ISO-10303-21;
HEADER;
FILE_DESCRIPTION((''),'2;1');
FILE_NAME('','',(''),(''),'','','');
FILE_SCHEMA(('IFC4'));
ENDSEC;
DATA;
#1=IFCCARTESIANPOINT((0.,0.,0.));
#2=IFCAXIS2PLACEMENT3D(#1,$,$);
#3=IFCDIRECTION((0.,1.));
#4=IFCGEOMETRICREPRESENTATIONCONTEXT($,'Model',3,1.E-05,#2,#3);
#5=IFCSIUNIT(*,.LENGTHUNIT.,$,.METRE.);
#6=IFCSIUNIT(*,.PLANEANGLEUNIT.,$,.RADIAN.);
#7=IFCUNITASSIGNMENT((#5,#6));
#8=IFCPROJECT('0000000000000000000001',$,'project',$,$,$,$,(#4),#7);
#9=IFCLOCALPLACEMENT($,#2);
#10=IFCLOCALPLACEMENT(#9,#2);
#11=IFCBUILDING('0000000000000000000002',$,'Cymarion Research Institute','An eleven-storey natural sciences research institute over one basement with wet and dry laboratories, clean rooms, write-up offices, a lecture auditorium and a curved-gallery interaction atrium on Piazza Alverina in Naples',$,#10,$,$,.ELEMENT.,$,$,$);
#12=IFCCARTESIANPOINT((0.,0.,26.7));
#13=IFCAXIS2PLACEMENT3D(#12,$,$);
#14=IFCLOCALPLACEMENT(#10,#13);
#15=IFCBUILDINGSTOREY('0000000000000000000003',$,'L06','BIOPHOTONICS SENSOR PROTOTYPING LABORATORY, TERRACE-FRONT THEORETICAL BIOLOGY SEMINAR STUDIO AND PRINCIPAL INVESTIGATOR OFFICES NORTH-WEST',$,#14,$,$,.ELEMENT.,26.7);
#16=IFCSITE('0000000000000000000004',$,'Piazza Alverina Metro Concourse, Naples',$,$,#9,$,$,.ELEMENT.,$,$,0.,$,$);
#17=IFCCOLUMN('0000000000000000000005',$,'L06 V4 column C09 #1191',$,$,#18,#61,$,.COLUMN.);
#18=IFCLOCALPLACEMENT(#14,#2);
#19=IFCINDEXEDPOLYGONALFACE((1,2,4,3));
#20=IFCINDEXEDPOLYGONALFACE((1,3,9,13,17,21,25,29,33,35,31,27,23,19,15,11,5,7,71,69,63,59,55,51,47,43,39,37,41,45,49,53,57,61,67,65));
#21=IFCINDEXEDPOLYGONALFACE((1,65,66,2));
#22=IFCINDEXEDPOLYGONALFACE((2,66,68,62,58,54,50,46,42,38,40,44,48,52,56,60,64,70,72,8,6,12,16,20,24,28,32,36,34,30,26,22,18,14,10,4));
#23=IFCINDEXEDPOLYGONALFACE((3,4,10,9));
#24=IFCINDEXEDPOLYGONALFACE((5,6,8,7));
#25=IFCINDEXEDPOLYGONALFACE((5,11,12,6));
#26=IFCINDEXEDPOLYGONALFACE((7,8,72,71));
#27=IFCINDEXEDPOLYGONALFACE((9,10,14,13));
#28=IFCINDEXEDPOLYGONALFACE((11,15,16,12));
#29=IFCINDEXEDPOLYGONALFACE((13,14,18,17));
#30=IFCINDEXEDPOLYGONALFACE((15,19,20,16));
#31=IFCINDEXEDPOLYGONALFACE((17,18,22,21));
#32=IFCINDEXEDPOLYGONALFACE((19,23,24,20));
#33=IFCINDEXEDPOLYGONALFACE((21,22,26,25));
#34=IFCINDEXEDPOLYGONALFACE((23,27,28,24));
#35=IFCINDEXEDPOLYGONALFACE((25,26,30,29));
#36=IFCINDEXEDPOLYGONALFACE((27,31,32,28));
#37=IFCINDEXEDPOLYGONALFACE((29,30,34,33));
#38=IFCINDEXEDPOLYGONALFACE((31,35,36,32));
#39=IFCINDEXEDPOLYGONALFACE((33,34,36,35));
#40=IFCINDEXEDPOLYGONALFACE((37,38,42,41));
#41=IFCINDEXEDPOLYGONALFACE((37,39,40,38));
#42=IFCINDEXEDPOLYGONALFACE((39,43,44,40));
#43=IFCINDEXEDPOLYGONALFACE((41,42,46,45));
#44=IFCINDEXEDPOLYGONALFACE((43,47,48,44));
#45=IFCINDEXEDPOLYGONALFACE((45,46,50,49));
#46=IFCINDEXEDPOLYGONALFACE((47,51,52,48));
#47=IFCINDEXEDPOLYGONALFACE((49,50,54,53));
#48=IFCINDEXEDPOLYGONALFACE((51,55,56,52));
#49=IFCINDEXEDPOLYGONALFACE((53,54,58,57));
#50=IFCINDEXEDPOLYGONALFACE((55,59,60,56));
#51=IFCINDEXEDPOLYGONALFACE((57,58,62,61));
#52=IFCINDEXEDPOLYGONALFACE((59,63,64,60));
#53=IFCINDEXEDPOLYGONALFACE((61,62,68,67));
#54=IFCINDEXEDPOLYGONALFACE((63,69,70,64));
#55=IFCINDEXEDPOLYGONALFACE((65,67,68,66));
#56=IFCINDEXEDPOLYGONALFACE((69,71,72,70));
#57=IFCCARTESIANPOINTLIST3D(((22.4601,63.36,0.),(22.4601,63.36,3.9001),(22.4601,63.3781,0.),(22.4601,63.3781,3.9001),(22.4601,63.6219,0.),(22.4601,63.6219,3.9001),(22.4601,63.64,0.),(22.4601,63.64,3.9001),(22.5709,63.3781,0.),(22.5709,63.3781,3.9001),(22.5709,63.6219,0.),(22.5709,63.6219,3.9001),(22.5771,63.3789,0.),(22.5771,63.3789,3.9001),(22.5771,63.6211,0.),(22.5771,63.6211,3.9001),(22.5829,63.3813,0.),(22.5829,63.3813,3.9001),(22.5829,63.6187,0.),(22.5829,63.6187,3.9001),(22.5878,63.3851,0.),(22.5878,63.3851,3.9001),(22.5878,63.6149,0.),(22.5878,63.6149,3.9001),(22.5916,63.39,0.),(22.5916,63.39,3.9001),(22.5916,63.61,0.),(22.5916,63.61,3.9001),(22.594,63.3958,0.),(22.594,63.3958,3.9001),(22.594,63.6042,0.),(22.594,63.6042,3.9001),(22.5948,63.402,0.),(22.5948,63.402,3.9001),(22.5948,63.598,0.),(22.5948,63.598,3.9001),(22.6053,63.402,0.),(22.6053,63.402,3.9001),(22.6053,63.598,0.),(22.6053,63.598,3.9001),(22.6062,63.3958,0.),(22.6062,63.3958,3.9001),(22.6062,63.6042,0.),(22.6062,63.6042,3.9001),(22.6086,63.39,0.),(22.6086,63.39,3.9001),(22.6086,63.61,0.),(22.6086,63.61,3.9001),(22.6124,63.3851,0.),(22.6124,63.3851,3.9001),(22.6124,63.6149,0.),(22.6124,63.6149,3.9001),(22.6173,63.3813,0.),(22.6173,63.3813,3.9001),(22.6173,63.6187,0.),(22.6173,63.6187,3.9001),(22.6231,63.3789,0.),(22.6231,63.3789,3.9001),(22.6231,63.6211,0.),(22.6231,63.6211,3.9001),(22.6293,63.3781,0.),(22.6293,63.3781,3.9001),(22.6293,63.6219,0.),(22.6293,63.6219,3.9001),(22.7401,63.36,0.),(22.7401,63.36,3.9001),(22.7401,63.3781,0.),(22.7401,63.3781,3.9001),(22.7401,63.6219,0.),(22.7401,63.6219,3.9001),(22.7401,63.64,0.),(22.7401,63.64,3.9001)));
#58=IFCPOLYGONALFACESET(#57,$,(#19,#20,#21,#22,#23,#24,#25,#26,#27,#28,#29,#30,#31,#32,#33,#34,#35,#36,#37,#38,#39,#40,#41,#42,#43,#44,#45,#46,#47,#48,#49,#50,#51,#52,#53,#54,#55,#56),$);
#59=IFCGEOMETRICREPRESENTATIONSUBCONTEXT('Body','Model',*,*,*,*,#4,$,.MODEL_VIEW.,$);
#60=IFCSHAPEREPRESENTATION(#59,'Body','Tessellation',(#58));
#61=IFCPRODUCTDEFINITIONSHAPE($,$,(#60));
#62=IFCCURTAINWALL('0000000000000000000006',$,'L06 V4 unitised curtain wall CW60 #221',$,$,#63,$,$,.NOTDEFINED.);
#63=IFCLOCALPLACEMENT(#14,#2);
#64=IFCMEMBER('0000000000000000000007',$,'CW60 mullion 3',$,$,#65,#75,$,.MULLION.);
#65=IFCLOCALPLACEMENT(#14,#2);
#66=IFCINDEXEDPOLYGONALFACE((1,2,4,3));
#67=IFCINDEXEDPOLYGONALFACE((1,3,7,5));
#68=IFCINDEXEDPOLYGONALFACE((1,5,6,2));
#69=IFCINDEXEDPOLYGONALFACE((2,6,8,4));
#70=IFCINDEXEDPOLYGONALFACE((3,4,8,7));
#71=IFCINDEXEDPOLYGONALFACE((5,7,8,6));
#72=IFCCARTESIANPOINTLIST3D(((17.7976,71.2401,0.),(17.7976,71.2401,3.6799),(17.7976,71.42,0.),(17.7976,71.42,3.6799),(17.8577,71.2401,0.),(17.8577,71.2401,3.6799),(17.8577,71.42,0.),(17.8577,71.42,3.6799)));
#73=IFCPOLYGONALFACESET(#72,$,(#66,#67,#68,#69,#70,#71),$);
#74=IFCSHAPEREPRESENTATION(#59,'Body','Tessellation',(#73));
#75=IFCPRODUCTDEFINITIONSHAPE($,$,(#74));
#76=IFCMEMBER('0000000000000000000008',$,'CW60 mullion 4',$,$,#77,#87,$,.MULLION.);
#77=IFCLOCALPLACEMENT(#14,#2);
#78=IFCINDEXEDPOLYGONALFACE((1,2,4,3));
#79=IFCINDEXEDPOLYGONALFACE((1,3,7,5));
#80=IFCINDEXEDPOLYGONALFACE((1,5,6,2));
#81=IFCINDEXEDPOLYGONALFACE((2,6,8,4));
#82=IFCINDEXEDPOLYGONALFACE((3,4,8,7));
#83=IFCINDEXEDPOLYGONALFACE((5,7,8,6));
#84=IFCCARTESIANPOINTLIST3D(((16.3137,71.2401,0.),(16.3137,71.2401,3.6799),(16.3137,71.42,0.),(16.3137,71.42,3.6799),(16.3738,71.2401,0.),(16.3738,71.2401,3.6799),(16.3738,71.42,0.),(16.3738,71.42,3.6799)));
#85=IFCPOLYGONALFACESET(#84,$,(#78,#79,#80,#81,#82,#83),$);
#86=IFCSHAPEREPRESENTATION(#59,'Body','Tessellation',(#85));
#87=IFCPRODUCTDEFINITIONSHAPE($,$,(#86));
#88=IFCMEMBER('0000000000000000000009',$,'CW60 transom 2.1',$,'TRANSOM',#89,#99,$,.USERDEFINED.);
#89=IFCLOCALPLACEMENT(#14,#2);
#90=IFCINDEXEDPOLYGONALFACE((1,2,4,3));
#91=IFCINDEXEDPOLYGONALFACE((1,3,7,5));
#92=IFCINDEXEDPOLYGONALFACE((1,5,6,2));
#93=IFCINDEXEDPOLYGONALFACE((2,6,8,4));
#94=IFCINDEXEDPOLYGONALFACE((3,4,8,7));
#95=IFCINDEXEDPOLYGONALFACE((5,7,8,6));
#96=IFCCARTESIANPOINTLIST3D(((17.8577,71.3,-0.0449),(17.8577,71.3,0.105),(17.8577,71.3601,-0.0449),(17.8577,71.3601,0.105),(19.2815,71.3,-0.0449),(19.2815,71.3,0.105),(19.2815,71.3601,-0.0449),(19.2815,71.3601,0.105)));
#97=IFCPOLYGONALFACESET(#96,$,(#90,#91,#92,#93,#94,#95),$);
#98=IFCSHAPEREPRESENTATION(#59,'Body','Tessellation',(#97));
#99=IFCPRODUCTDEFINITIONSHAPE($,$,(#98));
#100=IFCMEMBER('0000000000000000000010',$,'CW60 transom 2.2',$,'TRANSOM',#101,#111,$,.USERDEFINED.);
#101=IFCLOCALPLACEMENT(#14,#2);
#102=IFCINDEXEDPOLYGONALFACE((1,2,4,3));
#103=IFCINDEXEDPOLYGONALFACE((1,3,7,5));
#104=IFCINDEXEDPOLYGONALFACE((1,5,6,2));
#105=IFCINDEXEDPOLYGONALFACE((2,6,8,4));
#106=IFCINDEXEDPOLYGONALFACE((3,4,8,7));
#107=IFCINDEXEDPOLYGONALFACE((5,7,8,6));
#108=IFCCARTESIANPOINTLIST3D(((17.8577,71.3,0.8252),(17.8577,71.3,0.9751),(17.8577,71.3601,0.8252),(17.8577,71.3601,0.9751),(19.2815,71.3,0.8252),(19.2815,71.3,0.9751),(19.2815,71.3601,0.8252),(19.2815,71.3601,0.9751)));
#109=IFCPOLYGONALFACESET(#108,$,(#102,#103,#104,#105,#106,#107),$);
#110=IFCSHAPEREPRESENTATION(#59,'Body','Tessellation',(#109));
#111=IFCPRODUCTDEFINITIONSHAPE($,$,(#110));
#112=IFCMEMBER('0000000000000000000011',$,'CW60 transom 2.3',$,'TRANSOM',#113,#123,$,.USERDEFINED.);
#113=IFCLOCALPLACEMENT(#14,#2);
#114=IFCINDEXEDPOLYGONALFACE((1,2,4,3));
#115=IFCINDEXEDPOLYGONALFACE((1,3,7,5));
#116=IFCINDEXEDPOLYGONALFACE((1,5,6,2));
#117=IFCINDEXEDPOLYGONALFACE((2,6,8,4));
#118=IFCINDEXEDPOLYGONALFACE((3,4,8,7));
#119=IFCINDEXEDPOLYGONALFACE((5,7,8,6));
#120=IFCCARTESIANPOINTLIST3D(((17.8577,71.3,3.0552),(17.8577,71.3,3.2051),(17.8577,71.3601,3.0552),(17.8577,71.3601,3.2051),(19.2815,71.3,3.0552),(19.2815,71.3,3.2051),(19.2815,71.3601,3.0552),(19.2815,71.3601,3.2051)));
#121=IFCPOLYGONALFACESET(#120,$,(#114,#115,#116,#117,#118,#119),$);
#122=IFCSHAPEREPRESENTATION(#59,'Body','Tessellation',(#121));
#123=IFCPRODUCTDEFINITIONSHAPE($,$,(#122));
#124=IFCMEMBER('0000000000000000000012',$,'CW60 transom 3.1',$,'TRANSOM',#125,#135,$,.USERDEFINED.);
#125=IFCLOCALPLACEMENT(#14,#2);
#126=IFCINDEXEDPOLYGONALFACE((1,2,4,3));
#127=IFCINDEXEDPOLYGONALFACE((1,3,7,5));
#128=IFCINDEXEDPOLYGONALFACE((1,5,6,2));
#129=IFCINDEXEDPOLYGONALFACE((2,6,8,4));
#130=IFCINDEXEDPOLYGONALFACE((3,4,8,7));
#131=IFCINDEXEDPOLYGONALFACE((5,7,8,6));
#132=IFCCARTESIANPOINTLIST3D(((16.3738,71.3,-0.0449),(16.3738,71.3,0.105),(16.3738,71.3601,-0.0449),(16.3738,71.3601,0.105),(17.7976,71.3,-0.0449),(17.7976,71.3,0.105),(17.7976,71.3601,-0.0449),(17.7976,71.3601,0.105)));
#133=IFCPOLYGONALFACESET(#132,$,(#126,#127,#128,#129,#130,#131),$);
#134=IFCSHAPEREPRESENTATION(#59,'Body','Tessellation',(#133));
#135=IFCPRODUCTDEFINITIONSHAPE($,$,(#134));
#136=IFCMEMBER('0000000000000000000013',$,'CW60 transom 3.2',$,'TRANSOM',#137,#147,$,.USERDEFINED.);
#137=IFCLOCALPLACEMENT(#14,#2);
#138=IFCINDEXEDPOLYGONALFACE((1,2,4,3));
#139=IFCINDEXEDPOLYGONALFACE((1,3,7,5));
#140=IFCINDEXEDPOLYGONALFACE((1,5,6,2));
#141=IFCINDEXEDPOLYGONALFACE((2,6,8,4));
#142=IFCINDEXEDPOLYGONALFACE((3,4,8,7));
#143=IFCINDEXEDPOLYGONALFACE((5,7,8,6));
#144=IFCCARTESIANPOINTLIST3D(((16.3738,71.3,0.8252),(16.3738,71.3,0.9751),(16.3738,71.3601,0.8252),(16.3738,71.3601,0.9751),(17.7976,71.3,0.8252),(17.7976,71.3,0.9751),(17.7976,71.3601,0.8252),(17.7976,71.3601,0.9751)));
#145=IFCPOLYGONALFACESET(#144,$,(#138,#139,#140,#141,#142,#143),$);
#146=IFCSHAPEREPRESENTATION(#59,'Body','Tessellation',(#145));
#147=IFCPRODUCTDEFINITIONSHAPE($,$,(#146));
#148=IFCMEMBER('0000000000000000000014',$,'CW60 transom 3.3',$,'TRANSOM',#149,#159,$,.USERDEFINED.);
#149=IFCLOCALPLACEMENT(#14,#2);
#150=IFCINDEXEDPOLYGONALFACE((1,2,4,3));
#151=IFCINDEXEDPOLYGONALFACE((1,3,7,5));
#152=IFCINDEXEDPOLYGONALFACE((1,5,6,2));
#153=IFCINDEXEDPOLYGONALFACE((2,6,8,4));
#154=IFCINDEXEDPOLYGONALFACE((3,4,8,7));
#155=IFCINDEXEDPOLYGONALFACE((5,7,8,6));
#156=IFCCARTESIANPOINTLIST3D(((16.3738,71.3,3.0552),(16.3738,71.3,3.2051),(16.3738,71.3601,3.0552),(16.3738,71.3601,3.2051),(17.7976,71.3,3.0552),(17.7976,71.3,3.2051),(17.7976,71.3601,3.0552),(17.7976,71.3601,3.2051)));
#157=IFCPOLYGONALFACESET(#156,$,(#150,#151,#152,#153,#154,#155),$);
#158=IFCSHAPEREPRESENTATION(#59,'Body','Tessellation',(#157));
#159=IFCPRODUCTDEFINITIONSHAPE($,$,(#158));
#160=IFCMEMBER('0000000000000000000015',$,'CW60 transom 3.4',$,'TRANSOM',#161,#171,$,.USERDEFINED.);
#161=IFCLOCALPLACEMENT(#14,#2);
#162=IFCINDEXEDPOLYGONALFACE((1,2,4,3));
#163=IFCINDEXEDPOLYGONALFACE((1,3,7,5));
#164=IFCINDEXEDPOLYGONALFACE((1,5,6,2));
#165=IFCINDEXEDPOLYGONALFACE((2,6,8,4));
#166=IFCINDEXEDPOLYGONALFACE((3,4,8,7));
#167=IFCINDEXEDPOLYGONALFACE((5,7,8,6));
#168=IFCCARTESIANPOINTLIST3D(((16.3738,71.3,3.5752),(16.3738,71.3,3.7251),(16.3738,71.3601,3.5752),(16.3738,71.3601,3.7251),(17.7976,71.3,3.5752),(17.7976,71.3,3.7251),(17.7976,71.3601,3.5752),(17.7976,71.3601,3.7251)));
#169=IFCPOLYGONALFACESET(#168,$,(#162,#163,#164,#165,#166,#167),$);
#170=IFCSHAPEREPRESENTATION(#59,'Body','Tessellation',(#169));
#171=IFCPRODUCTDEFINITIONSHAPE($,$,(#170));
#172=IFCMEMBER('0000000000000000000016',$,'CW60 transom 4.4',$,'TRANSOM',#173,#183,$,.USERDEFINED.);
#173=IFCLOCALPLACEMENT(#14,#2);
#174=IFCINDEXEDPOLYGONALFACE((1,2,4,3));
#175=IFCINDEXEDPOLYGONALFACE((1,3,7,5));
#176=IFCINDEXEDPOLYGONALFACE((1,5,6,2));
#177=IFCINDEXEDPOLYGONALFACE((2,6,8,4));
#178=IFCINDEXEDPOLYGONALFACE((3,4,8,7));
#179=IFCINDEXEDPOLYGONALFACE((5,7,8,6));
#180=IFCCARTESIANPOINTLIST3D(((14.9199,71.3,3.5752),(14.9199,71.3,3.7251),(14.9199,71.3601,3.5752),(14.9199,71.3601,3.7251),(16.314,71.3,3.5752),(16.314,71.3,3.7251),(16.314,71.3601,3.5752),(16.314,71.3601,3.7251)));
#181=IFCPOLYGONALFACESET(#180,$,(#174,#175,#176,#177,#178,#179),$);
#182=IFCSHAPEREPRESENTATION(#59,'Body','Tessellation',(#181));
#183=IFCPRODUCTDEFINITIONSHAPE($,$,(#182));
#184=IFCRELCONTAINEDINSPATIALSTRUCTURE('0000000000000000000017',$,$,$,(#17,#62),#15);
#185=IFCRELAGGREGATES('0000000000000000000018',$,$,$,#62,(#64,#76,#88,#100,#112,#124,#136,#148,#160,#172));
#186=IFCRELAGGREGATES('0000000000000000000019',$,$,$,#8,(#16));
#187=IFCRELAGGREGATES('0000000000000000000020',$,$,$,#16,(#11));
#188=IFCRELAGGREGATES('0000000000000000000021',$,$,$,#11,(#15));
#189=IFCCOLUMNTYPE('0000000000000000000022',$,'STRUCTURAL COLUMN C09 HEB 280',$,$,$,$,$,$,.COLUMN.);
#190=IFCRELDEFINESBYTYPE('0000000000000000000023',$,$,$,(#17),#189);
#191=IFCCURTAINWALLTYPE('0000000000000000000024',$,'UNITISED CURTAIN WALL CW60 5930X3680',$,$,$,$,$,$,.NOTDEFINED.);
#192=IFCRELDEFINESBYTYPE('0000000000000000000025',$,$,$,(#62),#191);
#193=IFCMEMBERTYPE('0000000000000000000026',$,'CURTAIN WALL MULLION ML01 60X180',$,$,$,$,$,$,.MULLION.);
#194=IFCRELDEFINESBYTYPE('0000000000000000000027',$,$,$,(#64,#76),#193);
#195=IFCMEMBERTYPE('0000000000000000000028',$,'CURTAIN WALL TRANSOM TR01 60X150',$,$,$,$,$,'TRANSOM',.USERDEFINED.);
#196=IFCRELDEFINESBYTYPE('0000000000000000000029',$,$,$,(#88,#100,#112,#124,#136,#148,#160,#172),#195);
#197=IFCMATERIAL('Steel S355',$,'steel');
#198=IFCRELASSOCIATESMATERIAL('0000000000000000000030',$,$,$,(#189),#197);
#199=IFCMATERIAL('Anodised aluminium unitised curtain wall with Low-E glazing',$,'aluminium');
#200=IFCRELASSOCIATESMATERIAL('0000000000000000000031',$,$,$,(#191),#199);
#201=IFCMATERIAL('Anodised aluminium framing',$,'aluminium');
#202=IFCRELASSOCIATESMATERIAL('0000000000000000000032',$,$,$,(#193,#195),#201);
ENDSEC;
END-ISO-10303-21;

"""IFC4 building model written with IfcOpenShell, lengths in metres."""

from ifc_helpers import new_model, si_unit, direction, frame, origin, origin_2d, place, context, subcontext, project, spatial, rectangle, i_section, extrude, material, material_profile, profile_set, type_object, element, aggregate, save


model = new_model("IFC4")

# Units and contexts
model_context = context("Model", 3, precision=1e-05, world=origin(), true_north=direction((0.0, 1.0)))
body_context = subcontext(model_context, "Body", "Model", "MODEL_VIEW")
ifc_project = project(units=[si_unit("LENGTHUNIT", "METRE"), si_unit("PLANEANGLEUNIT", "RADIAN")], contexts=[model_context])

# Site, building, storey
site_placement = place(None, origin())
site = spatial("IfcSite", under=ifc_project, at=site_placement, Name="Piazza Alverina Metro Concourse, Naples", CompositionType="ELEMENT", RefElevation=0.0)
building_placement = place(site_placement, origin())
building = spatial("IfcBuilding", under=site, at=building_placement, Name="Cymarion Research Institute", Description="An eleven-storey natural sciences research institute over one basement with wet and dry laboratories, clean rooms, write-up offices, a lecture auditorium and a curved-gallery interaction atrium on Piazza Alverina in Naples", CompositionType="ELEMENT")
storey_placement = place(building_placement, frame((0.0, 0.0, 26.7)))
storey = spatial("IfcBuildingStorey", under=building, at=storey_placement, Name="L06", Description="BIOPHOTONICS SENSOR PROTOTYPING LABORATORY, TERRACE-FRONT THEORETICAL BIOLOGY SEMINAR STUDIO AND PRINCIPAL INVESTIGATOR OFFICES NORTH-WEST", CompositionType="ELEMENT", Elevation=26.7)

# Column
ifc_material_1 = material(Name="Steel S355", Category="steel")
ifc_material_profile_1 = material_profile(ifc_material_1, i_section(OverallWidth=0.28, OverallDepth=0.28, WebThickness=0.0105, FlangeThickness=0.0181, FilletRadius=0.0239, at=origin_2d()), Name="HEB 280")
ifc_profile_set_1 = profile_set([ifc_material_profile_1], Name="Steel S355")
column_type = type_object("IfcColumnType", Name="STRUCTURAL COLUMN C09 HEB 280", PredefinedType="COLUMN", material=ifc_profile_set_1)
column_placement = place(storey_placement, frame((22.6001, 63.5, 0.0), z_axis=(0.0, 0.0, 1.0), x_axis=(1.0, 0.0, 0.0)))
element("IfcColumn", 1, at=column_placement, inside=storey, type_object=column_type, Name="L06 V4 column C09 #1191", PredefinedType="COLUMN", context=body_context, shape_type="SweptSolid", body=[
    extrude(i_section(OverallWidth=0.28, OverallDepth=0.28, WebThickness=0.0105, FlangeThickness=0.0181, FilletRadius=0.0239, at=origin_2d()), origin(), (0.0, 0.0, 1.0), 3.9001),
])

# Curtain wall, members
ifc_material_2 = material(Name="Anodised aluminium unitised curtain wall with Low-E glazing", Category="aluminium")
curtain_wall_type = type_object("IfcCurtainWallType", Name="UNITISED CURTAIN WALL CW60 5930X3680", PredefinedType="NOTDEFINED", material=ifc_material_2)
curtain_wall_placement = place(storey_placement, origin())
curtain_wall = element("IfcCurtainWall", 2, at=curtain_wall_placement, inside=storey, type_object=curtain_wall_type, Name="L06 V4 unitised curtain wall CW60 #221", PredefinedType="NOTDEFINED")
ifc_material_3 = material(Name="Anodised aluminium framing", Category="aluminium")
ifc_material_profile_2 = material_profile(ifc_material_3, rectangle(XDim=0.0601, YDim=0.1799, at=origin_2d()), Name="ALU MULLION 60x180")
ifc_profile_set_2 = profile_set([ifc_material_profile_2], Name="Anodised aluminium framing")
member_type_1 = type_object("IfcMemberType", Name="CURTAIN WALL MULLION ML01 60X180", PredefinedType="MULLION", material=ifc_profile_set_2)
member_1_placement = place(storey_placement, frame((17.8276, 71.3301, 0.0), z_axis=(0.0, 0.0, 1.0), x_axis=(-1.0, 0.0, 0.0)))
member_1 = element("IfcMember", 3, at=member_1_placement, type_object=member_type_1, Name="CW60 mullion 3", PredefinedType="MULLION", context=body_context, shape_type="SweptSolid", body=[
    extrude(rectangle(XDim=0.0601, YDim=0.1799, at=origin_2d()), origin(), (0.0, 0.0, 1.0), 3.6799),
])
member_2_placement = place(storey_placement, frame((16.3438, 71.3301, 0.0), z_axis=(0.0, 0.0, 1.0), x_axis=(-1.0, 0.0, 0.0)))
member_2 = element("IfcMember", 4, at=member_2_placement, type_object=member_type_1, Name="CW60 mullion 4", PredefinedType="MULLION", context=body_context, shape_type="SweptSolid", body=[
    extrude(rectangle(XDim=0.0601, YDim=0.1799, at=origin_2d()), origin(), (0.0, 0.0, 1.0), 3.6799),
])
ifc_material_profile_3 = material_profile(ifc_material_3, rectangle(XDim=0.0601, YDim=0.1499, at=origin_2d()), Name="ALU TRANSOM 60x150")
ifc_profile_set_3 = profile_set([ifc_material_profile_3], Name="Anodised aluminium framing")
member_type_2 = type_object("IfcMemberType", Name="CURTAIN WALL TRANSOM TR01 60X150", ElementType="TRANSOM", PredefinedType="USERDEFINED", material=ifc_profile_set_3)
member_3_placement = place(storey_placement, frame((19.2815, 71.3301, 0.03), z_axis=(-1.0, 0.0, 0.0), x_axis=(0.0, -1.0, 0.0)))
member_3 = element("IfcMember", 5, at=member_3_placement, type_object=member_type_2, Name="CW60 transom 2.1", ObjectType="TRANSOM", PredefinedType="USERDEFINED", context=body_context, shape_type="SweptSolid", body=[
    extrude(rectangle(XDim=0.0601, YDim=0.1499, at=origin_2d()), origin(), (0.0, 0.0, 1.0), 1.4238),
])
member_4_placement = place(storey_placement, frame((19.2815, 71.3301, 0.9001), z_axis=(-1.0, 0.0, 0.0), x_axis=(0.0, -1.0, 0.0)))
member_4 = element("IfcMember", 6, at=member_4_placement, type_object=member_type_2, Name="CW60 transom 2.2", ObjectType="TRANSOM", PredefinedType="USERDEFINED", context=body_context, shape_type="SweptSolid", body=[
    extrude(rectangle(XDim=0.0601, YDim=0.1499, at=origin_2d()), origin(), (0.0, 0.0, 1.0), 1.4238),
])
member_5_placement = place(storey_placement, frame((19.2815, 71.3301, 3.1301), z_axis=(-1.0, 0.0, 0.0), x_axis=(0.0, -1.0, 0.0)))
member_5 = element("IfcMember", 7, at=member_5_placement, type_object=member_type_2, Name="CW60 transom 2.3", ObjectType="TRANSOM", PredefinedType="USERDEFINED", context=body_context, shape_type="SweptSolid", body=[
    extrude(rectangle(XDim=0.0601, YDim=0.1499, at=origin_2d()), origin(), (0.0, 0.0, 1.0), 1.4238),
])
member_6_placement = place(storey_placement, frame((17.7976, 71.3301, 0.03), z_axis=(-1.0, 0.0, 0.0), x_axis=(0.0, -1.0, 0.0)))
member_6 = element("IfcMember", 8, at=member_6_placement, type_object=member_type_2, Name="CW60 transom 3.1", ObjectType="TRANSOM", PredefinedType="USERDEFINED", context=body_context, shape_type="SweptSolid", body=[
    extrude(rectangle(XDim=0.0601, YDim=0.1499, at=origin_2d()), origin(), (0.0, 0.0, 1.0), 1.4238),
])
member_7_placement = place(storey_placement, frame((17.7976, 71.3301, 0.9001), z_axis=(-1.0, 0.0, 0.0), x_axis=(0.0, -1.0, 0.0)))
member_7 = element("IfcMember", 9, at=member_7_placement, type_object=member_type_2, Name="CW60 transom 3.2", ObjectType="TRANSOM", PredefinedType="USERDEFINED", context=body_context, shape_type="SweptSolid", body=[
    extrude(rectangle(XDim=0.0601, YDim=0.1499, at=origin_2d()), origin(), (0.0, 0.0, 1.0), 1.4238),
])
member_8_placement = place(storey_placement, frame((17.7976, 71.3301, 3.1301), z_axis=(-1.0, 0.0, 0.0), x_axis=(0.0, -1.0, 0.0)))
member_8 = element("IfcMember", 10, at=member_8_placement, type_object=member_type_2, Name="CW60 transom 3.3", ObjectType="TRANSOM", PredefinedType="USERDEFINED", context=body_context, shape_type="SweptSolid", body=[
    extrude(rectangle(XDim=0.0601, YDim=0.1499, at=origin_2d()), origin(), (0.0, 0.0, 1.0), 1.4238),
])
member_9_placement = place(storey_placement, frame((17.7976, 71.3301, 3.6501), z_axis=(-1.0, 0.0, 0.0), x_axis=(0.0, -1.0, 0.0)))
member_9 = element("IfcMember", 11, at=member_9_placement, type_object=member_type_2, Name="CW60 transom 3.4", ObjectType="TRANSOM", PredefinedType="USERDEFINED", context=body_context, shape_type="SweptSolid", body=[
    extrude(rectangle(XDim=0.0601, YDim=0.1499, at=origin_2d()), origin(), (0.0, 0.0, 1.0), 1.4238),
])
member_10_placement = place(storey_placement, frame((16.314, 71.3301, 3.6501), z_axis=(-1.0, 0.0, 0.0), x_axis=(0.0, -1.0, 0.0)))
member_10 = element("IfcMember", 12, at=member_10_placement, type_object=member_type_2, Name="CW60 transom 4.4", ObjectType="TRANSOM", PredefinedType="USERDEFINED", context=body_context, shape_type="SweptSolid", body=[
    extrude(rectangle(XDim=0.0601, YDim=0.1499, at=origin_2d()), origin(), (0.0, 0.0, 1.0), 1.394),
])

aggregate(curtain_wall, [member_1, member_2, member_3, member_4, member_5, member_6, member_7, member_8, member_9, member_10])

save(model, "model.ifc")
